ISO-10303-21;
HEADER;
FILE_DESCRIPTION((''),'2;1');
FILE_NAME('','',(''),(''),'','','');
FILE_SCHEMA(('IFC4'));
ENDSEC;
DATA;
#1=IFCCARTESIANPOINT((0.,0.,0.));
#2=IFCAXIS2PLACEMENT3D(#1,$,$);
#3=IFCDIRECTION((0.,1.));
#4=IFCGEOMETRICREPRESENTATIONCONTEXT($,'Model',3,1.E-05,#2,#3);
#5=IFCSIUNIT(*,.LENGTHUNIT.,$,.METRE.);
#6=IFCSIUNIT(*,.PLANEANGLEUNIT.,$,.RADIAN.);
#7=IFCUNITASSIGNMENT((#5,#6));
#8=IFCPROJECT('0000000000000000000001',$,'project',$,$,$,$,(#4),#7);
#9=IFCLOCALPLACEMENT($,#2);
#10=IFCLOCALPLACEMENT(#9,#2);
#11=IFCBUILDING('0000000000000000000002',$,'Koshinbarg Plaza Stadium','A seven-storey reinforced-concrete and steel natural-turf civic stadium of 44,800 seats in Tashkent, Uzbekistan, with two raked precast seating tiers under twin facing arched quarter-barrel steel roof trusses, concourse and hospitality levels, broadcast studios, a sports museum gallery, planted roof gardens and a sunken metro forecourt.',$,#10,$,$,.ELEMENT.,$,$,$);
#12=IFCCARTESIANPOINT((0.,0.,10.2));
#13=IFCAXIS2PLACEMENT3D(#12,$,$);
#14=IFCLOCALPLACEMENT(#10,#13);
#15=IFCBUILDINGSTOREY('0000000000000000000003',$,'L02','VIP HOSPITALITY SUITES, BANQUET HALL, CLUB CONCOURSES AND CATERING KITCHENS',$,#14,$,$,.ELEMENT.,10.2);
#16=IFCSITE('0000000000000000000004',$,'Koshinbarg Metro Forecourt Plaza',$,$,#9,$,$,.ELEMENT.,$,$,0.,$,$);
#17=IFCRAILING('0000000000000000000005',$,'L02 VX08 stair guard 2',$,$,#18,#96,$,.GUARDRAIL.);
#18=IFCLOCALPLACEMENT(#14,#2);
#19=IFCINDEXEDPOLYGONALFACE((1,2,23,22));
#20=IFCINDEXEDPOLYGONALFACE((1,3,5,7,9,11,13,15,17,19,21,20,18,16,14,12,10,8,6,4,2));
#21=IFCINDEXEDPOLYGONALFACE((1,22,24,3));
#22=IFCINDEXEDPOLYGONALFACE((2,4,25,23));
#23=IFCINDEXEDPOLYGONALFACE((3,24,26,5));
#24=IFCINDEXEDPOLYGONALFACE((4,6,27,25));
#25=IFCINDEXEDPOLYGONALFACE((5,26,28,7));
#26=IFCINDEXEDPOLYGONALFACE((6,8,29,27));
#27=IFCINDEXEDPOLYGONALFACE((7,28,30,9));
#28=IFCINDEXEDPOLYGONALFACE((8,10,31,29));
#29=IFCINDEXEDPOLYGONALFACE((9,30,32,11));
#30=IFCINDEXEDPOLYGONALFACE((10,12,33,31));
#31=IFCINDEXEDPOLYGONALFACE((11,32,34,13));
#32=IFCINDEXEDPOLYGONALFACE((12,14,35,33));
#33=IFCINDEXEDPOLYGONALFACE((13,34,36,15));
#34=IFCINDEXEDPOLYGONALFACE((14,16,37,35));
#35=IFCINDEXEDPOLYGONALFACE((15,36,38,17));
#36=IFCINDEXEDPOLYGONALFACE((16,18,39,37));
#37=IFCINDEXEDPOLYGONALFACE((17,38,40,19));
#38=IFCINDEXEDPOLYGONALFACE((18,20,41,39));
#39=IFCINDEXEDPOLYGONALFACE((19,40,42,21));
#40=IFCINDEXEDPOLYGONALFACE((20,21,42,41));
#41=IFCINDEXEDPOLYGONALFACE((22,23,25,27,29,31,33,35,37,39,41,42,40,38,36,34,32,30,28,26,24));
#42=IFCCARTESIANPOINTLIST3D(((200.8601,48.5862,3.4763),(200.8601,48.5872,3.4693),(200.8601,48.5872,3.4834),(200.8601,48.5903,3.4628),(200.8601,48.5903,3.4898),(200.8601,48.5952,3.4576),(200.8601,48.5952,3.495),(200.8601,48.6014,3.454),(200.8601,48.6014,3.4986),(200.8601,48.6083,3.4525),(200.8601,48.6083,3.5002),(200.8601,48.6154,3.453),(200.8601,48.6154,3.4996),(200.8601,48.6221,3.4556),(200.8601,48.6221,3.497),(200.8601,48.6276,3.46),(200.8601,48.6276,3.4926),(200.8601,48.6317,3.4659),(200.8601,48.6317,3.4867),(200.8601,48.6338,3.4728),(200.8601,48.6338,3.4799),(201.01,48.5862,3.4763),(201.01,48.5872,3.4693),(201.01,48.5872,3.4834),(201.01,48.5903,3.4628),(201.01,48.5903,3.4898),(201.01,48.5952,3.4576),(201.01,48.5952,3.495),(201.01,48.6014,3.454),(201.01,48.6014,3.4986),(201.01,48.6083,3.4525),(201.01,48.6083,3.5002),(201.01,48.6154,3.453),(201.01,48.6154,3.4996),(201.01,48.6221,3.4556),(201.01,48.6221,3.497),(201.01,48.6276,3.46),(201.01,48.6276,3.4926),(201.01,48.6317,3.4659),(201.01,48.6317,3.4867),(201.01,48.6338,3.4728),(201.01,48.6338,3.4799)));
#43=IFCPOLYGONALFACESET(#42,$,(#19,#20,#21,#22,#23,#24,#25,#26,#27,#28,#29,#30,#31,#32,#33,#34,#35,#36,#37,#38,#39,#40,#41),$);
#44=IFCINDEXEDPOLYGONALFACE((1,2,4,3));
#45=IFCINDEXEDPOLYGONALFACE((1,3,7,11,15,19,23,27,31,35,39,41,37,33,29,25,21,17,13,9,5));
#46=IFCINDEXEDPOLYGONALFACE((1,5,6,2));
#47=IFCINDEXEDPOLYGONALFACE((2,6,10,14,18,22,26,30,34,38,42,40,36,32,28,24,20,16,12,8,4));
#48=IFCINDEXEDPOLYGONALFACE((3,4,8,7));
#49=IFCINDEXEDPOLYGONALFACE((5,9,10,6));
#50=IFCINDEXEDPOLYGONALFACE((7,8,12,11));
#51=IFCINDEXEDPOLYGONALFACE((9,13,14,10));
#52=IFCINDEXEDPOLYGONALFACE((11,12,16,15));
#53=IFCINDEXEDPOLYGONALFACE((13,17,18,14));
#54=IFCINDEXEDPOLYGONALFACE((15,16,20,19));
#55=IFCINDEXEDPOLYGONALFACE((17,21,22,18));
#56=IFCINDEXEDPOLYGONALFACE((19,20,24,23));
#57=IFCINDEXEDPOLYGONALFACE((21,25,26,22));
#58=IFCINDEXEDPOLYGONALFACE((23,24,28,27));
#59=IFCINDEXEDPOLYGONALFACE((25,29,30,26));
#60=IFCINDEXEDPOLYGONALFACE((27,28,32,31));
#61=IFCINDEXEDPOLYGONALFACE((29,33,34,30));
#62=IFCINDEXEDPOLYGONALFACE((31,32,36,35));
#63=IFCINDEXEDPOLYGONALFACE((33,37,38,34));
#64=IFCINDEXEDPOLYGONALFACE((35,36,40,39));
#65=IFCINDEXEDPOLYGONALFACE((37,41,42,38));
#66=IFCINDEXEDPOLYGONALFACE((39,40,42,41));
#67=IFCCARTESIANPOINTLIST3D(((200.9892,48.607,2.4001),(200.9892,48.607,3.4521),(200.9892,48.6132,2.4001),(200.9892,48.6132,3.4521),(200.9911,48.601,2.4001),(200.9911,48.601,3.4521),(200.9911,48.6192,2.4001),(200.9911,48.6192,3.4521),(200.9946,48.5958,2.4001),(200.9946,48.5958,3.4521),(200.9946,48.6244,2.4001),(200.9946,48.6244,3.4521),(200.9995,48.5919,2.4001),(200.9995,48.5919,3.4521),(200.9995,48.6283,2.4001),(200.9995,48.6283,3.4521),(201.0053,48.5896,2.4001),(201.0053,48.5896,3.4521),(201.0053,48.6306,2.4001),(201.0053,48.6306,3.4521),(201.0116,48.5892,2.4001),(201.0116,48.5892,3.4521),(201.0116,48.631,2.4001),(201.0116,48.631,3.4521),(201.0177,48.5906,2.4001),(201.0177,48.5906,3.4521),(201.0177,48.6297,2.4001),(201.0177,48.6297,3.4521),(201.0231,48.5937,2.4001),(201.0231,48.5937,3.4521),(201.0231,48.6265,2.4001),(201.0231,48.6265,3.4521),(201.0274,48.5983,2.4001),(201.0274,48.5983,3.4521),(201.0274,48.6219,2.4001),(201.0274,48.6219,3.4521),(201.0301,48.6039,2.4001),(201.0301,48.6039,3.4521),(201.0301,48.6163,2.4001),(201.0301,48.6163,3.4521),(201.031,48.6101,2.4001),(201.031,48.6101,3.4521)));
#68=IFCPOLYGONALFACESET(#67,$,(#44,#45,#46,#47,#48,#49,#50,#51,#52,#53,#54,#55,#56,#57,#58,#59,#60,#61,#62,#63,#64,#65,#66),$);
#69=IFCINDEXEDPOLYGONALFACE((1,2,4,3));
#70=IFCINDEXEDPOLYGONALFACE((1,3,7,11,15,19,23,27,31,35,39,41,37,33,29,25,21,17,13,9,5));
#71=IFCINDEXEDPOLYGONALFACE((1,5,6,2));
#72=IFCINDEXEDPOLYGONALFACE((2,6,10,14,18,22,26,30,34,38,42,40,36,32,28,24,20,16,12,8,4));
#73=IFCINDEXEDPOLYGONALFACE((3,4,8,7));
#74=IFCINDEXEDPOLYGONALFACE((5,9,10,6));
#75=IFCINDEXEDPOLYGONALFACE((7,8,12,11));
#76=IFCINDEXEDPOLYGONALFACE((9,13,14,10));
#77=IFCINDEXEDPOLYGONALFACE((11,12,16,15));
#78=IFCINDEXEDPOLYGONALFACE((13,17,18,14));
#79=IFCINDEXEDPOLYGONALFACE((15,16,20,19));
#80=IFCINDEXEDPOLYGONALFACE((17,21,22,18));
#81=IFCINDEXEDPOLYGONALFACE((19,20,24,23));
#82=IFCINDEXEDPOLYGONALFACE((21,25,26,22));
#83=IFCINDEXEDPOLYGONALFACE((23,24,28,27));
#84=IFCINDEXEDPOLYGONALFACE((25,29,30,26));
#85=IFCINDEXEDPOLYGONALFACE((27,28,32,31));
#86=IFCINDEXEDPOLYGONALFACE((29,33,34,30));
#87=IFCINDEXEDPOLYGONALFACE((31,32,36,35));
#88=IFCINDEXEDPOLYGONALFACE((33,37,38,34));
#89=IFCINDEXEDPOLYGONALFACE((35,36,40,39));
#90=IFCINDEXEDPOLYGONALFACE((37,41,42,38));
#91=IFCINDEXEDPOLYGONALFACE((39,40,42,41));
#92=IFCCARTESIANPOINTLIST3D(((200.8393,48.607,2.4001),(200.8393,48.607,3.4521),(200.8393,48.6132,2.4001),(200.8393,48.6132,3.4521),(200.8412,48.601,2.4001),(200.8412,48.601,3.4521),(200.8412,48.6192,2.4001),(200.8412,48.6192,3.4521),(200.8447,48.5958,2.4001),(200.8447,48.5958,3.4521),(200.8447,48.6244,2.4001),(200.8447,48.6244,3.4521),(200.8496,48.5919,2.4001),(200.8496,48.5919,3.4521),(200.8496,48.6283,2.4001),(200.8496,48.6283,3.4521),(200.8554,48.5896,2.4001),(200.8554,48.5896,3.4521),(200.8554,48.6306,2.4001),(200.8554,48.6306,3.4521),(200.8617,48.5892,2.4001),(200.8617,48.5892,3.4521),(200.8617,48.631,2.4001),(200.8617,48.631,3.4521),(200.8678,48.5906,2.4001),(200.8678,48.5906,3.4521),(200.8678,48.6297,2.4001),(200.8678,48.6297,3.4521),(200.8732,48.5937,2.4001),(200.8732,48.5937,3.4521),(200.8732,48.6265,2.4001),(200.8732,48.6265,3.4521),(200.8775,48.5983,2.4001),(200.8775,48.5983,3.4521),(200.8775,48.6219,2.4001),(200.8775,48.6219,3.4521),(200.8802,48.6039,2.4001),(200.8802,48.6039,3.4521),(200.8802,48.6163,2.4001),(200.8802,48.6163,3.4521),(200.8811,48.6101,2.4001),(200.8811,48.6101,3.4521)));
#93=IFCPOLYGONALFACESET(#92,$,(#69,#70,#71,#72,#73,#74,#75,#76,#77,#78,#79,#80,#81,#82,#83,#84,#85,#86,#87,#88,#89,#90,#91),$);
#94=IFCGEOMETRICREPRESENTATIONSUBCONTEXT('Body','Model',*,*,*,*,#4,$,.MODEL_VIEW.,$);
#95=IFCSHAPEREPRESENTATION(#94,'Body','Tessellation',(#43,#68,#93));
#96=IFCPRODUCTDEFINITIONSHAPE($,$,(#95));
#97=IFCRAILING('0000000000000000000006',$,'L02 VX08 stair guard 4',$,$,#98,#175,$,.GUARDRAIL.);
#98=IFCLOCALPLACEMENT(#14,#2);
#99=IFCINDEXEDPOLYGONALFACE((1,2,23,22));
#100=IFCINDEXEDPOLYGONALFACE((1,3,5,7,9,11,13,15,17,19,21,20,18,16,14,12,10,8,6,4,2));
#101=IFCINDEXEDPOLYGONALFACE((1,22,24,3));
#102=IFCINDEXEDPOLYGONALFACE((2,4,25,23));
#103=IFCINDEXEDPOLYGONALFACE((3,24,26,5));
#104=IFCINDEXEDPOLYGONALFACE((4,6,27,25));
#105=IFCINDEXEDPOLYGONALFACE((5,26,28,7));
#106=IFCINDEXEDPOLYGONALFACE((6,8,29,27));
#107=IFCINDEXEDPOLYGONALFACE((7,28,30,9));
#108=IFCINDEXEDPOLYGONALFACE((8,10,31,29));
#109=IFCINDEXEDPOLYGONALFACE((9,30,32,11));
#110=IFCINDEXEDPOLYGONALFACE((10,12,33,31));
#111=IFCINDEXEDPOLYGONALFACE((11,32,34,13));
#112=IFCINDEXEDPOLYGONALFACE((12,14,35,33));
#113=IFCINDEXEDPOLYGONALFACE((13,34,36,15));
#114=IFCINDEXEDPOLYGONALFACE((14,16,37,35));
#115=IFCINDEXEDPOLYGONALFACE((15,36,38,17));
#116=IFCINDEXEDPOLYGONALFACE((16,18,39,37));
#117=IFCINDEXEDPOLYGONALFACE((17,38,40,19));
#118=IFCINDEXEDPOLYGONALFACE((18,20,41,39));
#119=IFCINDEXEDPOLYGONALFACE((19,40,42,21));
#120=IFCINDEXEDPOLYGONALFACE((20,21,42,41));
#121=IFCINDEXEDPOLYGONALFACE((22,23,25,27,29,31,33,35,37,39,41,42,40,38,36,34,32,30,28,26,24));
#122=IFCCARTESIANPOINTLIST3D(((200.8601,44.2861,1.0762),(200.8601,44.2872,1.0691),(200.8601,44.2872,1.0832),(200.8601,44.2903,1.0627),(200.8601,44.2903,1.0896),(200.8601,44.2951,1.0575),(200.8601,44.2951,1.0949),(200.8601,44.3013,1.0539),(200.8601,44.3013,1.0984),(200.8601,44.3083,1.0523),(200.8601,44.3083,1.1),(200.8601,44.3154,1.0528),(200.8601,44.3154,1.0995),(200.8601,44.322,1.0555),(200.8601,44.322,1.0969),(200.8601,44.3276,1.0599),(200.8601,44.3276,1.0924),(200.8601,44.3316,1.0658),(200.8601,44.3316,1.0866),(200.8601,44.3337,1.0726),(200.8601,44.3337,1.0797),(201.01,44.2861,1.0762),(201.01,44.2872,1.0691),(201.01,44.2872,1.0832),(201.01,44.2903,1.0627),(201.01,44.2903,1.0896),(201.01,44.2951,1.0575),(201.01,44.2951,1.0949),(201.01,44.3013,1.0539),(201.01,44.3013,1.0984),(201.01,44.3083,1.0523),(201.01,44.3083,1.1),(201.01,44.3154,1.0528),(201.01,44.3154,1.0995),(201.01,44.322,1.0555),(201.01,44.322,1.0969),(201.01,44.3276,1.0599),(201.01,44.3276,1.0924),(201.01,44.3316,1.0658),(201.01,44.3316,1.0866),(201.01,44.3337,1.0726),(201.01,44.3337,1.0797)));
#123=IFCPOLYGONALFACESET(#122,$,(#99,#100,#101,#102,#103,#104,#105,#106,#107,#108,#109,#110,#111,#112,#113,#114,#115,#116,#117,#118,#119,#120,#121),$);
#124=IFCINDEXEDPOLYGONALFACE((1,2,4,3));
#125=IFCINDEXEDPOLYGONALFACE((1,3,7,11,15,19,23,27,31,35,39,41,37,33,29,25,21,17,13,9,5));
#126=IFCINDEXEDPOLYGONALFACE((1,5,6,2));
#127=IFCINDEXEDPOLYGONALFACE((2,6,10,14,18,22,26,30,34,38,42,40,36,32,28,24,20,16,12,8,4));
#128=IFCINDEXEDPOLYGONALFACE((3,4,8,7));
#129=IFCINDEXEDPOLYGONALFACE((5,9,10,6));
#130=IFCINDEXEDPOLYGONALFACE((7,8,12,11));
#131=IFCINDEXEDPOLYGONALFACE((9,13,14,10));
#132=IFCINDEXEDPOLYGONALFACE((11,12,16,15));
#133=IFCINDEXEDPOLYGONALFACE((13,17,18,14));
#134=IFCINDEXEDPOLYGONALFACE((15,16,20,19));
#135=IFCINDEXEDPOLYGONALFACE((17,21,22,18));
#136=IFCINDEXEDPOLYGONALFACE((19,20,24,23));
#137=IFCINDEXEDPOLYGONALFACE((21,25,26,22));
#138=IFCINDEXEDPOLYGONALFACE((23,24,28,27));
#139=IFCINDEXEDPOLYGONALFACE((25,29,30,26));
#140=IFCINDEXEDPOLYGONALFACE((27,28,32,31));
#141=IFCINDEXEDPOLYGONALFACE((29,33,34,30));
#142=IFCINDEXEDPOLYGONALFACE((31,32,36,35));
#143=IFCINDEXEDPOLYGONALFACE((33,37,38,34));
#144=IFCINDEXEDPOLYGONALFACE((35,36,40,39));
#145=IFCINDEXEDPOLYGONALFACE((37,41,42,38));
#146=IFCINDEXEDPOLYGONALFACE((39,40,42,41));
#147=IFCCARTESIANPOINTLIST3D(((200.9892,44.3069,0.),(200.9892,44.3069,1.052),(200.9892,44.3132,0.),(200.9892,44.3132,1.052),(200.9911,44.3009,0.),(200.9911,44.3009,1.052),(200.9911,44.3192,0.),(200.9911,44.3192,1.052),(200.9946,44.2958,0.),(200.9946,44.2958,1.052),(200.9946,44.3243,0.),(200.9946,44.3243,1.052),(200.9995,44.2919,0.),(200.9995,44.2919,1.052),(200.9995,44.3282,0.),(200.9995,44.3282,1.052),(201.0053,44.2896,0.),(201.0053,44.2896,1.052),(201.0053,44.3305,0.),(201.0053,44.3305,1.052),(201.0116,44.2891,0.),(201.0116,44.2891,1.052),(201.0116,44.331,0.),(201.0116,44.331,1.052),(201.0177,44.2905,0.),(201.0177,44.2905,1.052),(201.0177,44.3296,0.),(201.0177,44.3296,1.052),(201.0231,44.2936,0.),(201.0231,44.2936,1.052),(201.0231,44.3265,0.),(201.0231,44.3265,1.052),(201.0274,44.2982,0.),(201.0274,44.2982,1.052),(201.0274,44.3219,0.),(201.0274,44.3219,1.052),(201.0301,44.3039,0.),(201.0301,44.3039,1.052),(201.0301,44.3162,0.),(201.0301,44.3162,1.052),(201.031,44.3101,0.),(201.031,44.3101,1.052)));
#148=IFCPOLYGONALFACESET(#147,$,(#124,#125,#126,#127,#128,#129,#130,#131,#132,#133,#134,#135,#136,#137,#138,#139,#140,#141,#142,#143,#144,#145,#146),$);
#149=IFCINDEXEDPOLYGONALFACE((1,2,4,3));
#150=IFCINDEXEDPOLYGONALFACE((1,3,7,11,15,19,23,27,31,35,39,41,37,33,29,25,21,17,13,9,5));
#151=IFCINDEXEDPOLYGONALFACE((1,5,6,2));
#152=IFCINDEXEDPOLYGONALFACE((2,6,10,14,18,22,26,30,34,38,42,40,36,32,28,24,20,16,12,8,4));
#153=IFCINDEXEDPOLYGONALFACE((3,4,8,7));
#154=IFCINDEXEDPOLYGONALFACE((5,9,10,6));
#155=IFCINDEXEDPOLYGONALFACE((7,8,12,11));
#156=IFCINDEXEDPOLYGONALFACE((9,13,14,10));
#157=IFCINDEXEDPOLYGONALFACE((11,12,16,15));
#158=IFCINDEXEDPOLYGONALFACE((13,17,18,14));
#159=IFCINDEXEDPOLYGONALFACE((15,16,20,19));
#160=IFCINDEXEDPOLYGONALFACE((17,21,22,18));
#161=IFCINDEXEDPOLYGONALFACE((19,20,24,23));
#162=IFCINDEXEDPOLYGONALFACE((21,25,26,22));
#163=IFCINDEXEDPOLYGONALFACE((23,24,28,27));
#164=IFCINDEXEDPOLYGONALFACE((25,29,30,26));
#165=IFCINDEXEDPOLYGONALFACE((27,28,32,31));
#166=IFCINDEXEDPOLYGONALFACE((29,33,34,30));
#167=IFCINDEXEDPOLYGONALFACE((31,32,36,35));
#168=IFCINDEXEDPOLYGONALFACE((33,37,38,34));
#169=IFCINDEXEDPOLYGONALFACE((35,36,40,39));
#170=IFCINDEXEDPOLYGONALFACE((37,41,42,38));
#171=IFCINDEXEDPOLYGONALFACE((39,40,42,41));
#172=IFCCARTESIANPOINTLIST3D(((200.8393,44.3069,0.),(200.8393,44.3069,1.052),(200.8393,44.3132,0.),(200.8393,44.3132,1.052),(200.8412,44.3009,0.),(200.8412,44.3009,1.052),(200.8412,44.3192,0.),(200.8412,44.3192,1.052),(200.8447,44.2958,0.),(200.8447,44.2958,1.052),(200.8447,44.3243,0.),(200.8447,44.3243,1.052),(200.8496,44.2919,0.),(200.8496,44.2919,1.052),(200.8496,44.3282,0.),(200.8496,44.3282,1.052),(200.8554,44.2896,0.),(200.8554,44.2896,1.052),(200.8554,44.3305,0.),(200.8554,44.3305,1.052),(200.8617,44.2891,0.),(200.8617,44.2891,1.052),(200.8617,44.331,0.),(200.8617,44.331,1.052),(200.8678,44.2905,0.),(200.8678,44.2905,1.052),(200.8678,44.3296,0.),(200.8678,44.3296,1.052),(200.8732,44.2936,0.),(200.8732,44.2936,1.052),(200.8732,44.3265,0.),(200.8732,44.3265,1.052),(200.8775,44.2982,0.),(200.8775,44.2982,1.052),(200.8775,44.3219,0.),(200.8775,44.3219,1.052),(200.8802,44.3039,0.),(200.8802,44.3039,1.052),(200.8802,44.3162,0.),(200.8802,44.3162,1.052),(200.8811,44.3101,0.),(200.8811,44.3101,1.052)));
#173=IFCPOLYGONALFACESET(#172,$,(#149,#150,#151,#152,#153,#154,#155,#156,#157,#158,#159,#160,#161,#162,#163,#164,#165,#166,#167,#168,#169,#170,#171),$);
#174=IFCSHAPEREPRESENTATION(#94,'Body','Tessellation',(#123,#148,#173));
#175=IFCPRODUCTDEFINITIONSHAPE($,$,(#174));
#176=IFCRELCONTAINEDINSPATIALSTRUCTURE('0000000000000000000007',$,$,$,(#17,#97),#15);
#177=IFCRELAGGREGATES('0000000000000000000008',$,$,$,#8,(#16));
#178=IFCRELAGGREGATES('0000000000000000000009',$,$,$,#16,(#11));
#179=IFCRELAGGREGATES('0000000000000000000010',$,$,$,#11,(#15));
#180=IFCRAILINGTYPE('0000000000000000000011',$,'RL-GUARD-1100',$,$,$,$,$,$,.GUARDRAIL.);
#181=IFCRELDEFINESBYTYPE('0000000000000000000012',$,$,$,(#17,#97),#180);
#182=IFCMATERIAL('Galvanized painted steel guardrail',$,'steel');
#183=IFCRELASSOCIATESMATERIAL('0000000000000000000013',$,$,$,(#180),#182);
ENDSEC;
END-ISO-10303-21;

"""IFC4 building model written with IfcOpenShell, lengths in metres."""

from ifc_helpers import new_model, si_unit, direction, frame, origin, origin_2d, place, context, subcontext, project, spatial, circle, extrude, material, type_object, element, save


model = new_model("IFC4")

# Units and contexts
model_context = context("Model", 3, precision=1e-05, world=origin(), true_north=direction((0.0, 1.0)))
body_context = subcontext(model_context, "Body", "Model", "MODEL_VIEW")
ifc_project = project(units=[si_unit("LENGTHUNIT", "METRE"), si_unit("PLANEANGLEUNIT", "RADIAN")], contexts=[model_context])

# Site, building, storey
site_placement = place(None, origin())
site = spatial("IfcSite", under=ifc_project, at=site_placement, Name="Koshinbarg Metro Forecourt Plaza", CompositionType="ELEMENT", RefElevation=0.0)
building_placement = place(site_placement, origin())
building = spatial("IfcBuilding", under=site, at=building_placement, Name="Koshinbarg Plaza Stadium", Description="A seven-storey reinforced-concrete and steel natural-turf civic stadium of 44,800 seats in Tashkent, Uzbekistan, with two raked precast seating tiers under twin facing arched quarter-barrel steel roof trusses, concourse and hospitality levels, broadcast studios, a sports museum gallery, planted roof gardens and a sunken metro forecourt.", CompositionType="ELEMENT")
storey_placement = place(building_placement, frame((0.0, 0.0, 10.2)))
storey = spatial("IfcBuildingStorey", under=building, at=storey_placement, Name="L02", Description="VIP HOSPITALITY SUITES, BANQUET HALL, CLUB CONCOURSES AND CATERING KITCHENS", CompositionType="ELEMENT", Elevation=10.2)

# Railings
ifc_material_1 = material(Name="Galvanized painted steel guardrail", Category="steel")
railing_type_1 = type_object("IfcRailingType", Name="RL-GUARD-1100", PredefinedType="GUARDRAIL", material=ifc_material_1)
for number, where, name in (
    (1, (201.01, 48.6101, 2.4001), "L02 VX08 stair guard 2"),
    (2, (201.01, 44.3101, 0.0), "L02 VX08 stair guard 4"),
):
    element("IfcRailing", number, at=place(storey_placement, frame(where)), inside=storey, type_object=railing_type_1, Name=name, PredefinedType="GUARDRAIL", context=body_context, shape_type="SweptSolid", body=[
        extrude(circle(Radius=0.0239, at=origin_2d()), frame((0.0, 0.0, 1.0762), z_axis=(-1.0, 0.0, 0.0), x_axis=(0.0, -1.0, 0.0)), (0.0, 0.0, 1.0), 0.1499),
        extrude(circle(Radius=0.021, at=origin_2d()), origin(), (0.0, 0.0, 1.0), 1.052),
        extrude(circle(Radius=0.021, at=origin_2d()), frame((-0.1499, 0.0, 0.0)), (0.0, 0.0, 1.0), 1.052),
    ])

save(model, "model.ifc")
